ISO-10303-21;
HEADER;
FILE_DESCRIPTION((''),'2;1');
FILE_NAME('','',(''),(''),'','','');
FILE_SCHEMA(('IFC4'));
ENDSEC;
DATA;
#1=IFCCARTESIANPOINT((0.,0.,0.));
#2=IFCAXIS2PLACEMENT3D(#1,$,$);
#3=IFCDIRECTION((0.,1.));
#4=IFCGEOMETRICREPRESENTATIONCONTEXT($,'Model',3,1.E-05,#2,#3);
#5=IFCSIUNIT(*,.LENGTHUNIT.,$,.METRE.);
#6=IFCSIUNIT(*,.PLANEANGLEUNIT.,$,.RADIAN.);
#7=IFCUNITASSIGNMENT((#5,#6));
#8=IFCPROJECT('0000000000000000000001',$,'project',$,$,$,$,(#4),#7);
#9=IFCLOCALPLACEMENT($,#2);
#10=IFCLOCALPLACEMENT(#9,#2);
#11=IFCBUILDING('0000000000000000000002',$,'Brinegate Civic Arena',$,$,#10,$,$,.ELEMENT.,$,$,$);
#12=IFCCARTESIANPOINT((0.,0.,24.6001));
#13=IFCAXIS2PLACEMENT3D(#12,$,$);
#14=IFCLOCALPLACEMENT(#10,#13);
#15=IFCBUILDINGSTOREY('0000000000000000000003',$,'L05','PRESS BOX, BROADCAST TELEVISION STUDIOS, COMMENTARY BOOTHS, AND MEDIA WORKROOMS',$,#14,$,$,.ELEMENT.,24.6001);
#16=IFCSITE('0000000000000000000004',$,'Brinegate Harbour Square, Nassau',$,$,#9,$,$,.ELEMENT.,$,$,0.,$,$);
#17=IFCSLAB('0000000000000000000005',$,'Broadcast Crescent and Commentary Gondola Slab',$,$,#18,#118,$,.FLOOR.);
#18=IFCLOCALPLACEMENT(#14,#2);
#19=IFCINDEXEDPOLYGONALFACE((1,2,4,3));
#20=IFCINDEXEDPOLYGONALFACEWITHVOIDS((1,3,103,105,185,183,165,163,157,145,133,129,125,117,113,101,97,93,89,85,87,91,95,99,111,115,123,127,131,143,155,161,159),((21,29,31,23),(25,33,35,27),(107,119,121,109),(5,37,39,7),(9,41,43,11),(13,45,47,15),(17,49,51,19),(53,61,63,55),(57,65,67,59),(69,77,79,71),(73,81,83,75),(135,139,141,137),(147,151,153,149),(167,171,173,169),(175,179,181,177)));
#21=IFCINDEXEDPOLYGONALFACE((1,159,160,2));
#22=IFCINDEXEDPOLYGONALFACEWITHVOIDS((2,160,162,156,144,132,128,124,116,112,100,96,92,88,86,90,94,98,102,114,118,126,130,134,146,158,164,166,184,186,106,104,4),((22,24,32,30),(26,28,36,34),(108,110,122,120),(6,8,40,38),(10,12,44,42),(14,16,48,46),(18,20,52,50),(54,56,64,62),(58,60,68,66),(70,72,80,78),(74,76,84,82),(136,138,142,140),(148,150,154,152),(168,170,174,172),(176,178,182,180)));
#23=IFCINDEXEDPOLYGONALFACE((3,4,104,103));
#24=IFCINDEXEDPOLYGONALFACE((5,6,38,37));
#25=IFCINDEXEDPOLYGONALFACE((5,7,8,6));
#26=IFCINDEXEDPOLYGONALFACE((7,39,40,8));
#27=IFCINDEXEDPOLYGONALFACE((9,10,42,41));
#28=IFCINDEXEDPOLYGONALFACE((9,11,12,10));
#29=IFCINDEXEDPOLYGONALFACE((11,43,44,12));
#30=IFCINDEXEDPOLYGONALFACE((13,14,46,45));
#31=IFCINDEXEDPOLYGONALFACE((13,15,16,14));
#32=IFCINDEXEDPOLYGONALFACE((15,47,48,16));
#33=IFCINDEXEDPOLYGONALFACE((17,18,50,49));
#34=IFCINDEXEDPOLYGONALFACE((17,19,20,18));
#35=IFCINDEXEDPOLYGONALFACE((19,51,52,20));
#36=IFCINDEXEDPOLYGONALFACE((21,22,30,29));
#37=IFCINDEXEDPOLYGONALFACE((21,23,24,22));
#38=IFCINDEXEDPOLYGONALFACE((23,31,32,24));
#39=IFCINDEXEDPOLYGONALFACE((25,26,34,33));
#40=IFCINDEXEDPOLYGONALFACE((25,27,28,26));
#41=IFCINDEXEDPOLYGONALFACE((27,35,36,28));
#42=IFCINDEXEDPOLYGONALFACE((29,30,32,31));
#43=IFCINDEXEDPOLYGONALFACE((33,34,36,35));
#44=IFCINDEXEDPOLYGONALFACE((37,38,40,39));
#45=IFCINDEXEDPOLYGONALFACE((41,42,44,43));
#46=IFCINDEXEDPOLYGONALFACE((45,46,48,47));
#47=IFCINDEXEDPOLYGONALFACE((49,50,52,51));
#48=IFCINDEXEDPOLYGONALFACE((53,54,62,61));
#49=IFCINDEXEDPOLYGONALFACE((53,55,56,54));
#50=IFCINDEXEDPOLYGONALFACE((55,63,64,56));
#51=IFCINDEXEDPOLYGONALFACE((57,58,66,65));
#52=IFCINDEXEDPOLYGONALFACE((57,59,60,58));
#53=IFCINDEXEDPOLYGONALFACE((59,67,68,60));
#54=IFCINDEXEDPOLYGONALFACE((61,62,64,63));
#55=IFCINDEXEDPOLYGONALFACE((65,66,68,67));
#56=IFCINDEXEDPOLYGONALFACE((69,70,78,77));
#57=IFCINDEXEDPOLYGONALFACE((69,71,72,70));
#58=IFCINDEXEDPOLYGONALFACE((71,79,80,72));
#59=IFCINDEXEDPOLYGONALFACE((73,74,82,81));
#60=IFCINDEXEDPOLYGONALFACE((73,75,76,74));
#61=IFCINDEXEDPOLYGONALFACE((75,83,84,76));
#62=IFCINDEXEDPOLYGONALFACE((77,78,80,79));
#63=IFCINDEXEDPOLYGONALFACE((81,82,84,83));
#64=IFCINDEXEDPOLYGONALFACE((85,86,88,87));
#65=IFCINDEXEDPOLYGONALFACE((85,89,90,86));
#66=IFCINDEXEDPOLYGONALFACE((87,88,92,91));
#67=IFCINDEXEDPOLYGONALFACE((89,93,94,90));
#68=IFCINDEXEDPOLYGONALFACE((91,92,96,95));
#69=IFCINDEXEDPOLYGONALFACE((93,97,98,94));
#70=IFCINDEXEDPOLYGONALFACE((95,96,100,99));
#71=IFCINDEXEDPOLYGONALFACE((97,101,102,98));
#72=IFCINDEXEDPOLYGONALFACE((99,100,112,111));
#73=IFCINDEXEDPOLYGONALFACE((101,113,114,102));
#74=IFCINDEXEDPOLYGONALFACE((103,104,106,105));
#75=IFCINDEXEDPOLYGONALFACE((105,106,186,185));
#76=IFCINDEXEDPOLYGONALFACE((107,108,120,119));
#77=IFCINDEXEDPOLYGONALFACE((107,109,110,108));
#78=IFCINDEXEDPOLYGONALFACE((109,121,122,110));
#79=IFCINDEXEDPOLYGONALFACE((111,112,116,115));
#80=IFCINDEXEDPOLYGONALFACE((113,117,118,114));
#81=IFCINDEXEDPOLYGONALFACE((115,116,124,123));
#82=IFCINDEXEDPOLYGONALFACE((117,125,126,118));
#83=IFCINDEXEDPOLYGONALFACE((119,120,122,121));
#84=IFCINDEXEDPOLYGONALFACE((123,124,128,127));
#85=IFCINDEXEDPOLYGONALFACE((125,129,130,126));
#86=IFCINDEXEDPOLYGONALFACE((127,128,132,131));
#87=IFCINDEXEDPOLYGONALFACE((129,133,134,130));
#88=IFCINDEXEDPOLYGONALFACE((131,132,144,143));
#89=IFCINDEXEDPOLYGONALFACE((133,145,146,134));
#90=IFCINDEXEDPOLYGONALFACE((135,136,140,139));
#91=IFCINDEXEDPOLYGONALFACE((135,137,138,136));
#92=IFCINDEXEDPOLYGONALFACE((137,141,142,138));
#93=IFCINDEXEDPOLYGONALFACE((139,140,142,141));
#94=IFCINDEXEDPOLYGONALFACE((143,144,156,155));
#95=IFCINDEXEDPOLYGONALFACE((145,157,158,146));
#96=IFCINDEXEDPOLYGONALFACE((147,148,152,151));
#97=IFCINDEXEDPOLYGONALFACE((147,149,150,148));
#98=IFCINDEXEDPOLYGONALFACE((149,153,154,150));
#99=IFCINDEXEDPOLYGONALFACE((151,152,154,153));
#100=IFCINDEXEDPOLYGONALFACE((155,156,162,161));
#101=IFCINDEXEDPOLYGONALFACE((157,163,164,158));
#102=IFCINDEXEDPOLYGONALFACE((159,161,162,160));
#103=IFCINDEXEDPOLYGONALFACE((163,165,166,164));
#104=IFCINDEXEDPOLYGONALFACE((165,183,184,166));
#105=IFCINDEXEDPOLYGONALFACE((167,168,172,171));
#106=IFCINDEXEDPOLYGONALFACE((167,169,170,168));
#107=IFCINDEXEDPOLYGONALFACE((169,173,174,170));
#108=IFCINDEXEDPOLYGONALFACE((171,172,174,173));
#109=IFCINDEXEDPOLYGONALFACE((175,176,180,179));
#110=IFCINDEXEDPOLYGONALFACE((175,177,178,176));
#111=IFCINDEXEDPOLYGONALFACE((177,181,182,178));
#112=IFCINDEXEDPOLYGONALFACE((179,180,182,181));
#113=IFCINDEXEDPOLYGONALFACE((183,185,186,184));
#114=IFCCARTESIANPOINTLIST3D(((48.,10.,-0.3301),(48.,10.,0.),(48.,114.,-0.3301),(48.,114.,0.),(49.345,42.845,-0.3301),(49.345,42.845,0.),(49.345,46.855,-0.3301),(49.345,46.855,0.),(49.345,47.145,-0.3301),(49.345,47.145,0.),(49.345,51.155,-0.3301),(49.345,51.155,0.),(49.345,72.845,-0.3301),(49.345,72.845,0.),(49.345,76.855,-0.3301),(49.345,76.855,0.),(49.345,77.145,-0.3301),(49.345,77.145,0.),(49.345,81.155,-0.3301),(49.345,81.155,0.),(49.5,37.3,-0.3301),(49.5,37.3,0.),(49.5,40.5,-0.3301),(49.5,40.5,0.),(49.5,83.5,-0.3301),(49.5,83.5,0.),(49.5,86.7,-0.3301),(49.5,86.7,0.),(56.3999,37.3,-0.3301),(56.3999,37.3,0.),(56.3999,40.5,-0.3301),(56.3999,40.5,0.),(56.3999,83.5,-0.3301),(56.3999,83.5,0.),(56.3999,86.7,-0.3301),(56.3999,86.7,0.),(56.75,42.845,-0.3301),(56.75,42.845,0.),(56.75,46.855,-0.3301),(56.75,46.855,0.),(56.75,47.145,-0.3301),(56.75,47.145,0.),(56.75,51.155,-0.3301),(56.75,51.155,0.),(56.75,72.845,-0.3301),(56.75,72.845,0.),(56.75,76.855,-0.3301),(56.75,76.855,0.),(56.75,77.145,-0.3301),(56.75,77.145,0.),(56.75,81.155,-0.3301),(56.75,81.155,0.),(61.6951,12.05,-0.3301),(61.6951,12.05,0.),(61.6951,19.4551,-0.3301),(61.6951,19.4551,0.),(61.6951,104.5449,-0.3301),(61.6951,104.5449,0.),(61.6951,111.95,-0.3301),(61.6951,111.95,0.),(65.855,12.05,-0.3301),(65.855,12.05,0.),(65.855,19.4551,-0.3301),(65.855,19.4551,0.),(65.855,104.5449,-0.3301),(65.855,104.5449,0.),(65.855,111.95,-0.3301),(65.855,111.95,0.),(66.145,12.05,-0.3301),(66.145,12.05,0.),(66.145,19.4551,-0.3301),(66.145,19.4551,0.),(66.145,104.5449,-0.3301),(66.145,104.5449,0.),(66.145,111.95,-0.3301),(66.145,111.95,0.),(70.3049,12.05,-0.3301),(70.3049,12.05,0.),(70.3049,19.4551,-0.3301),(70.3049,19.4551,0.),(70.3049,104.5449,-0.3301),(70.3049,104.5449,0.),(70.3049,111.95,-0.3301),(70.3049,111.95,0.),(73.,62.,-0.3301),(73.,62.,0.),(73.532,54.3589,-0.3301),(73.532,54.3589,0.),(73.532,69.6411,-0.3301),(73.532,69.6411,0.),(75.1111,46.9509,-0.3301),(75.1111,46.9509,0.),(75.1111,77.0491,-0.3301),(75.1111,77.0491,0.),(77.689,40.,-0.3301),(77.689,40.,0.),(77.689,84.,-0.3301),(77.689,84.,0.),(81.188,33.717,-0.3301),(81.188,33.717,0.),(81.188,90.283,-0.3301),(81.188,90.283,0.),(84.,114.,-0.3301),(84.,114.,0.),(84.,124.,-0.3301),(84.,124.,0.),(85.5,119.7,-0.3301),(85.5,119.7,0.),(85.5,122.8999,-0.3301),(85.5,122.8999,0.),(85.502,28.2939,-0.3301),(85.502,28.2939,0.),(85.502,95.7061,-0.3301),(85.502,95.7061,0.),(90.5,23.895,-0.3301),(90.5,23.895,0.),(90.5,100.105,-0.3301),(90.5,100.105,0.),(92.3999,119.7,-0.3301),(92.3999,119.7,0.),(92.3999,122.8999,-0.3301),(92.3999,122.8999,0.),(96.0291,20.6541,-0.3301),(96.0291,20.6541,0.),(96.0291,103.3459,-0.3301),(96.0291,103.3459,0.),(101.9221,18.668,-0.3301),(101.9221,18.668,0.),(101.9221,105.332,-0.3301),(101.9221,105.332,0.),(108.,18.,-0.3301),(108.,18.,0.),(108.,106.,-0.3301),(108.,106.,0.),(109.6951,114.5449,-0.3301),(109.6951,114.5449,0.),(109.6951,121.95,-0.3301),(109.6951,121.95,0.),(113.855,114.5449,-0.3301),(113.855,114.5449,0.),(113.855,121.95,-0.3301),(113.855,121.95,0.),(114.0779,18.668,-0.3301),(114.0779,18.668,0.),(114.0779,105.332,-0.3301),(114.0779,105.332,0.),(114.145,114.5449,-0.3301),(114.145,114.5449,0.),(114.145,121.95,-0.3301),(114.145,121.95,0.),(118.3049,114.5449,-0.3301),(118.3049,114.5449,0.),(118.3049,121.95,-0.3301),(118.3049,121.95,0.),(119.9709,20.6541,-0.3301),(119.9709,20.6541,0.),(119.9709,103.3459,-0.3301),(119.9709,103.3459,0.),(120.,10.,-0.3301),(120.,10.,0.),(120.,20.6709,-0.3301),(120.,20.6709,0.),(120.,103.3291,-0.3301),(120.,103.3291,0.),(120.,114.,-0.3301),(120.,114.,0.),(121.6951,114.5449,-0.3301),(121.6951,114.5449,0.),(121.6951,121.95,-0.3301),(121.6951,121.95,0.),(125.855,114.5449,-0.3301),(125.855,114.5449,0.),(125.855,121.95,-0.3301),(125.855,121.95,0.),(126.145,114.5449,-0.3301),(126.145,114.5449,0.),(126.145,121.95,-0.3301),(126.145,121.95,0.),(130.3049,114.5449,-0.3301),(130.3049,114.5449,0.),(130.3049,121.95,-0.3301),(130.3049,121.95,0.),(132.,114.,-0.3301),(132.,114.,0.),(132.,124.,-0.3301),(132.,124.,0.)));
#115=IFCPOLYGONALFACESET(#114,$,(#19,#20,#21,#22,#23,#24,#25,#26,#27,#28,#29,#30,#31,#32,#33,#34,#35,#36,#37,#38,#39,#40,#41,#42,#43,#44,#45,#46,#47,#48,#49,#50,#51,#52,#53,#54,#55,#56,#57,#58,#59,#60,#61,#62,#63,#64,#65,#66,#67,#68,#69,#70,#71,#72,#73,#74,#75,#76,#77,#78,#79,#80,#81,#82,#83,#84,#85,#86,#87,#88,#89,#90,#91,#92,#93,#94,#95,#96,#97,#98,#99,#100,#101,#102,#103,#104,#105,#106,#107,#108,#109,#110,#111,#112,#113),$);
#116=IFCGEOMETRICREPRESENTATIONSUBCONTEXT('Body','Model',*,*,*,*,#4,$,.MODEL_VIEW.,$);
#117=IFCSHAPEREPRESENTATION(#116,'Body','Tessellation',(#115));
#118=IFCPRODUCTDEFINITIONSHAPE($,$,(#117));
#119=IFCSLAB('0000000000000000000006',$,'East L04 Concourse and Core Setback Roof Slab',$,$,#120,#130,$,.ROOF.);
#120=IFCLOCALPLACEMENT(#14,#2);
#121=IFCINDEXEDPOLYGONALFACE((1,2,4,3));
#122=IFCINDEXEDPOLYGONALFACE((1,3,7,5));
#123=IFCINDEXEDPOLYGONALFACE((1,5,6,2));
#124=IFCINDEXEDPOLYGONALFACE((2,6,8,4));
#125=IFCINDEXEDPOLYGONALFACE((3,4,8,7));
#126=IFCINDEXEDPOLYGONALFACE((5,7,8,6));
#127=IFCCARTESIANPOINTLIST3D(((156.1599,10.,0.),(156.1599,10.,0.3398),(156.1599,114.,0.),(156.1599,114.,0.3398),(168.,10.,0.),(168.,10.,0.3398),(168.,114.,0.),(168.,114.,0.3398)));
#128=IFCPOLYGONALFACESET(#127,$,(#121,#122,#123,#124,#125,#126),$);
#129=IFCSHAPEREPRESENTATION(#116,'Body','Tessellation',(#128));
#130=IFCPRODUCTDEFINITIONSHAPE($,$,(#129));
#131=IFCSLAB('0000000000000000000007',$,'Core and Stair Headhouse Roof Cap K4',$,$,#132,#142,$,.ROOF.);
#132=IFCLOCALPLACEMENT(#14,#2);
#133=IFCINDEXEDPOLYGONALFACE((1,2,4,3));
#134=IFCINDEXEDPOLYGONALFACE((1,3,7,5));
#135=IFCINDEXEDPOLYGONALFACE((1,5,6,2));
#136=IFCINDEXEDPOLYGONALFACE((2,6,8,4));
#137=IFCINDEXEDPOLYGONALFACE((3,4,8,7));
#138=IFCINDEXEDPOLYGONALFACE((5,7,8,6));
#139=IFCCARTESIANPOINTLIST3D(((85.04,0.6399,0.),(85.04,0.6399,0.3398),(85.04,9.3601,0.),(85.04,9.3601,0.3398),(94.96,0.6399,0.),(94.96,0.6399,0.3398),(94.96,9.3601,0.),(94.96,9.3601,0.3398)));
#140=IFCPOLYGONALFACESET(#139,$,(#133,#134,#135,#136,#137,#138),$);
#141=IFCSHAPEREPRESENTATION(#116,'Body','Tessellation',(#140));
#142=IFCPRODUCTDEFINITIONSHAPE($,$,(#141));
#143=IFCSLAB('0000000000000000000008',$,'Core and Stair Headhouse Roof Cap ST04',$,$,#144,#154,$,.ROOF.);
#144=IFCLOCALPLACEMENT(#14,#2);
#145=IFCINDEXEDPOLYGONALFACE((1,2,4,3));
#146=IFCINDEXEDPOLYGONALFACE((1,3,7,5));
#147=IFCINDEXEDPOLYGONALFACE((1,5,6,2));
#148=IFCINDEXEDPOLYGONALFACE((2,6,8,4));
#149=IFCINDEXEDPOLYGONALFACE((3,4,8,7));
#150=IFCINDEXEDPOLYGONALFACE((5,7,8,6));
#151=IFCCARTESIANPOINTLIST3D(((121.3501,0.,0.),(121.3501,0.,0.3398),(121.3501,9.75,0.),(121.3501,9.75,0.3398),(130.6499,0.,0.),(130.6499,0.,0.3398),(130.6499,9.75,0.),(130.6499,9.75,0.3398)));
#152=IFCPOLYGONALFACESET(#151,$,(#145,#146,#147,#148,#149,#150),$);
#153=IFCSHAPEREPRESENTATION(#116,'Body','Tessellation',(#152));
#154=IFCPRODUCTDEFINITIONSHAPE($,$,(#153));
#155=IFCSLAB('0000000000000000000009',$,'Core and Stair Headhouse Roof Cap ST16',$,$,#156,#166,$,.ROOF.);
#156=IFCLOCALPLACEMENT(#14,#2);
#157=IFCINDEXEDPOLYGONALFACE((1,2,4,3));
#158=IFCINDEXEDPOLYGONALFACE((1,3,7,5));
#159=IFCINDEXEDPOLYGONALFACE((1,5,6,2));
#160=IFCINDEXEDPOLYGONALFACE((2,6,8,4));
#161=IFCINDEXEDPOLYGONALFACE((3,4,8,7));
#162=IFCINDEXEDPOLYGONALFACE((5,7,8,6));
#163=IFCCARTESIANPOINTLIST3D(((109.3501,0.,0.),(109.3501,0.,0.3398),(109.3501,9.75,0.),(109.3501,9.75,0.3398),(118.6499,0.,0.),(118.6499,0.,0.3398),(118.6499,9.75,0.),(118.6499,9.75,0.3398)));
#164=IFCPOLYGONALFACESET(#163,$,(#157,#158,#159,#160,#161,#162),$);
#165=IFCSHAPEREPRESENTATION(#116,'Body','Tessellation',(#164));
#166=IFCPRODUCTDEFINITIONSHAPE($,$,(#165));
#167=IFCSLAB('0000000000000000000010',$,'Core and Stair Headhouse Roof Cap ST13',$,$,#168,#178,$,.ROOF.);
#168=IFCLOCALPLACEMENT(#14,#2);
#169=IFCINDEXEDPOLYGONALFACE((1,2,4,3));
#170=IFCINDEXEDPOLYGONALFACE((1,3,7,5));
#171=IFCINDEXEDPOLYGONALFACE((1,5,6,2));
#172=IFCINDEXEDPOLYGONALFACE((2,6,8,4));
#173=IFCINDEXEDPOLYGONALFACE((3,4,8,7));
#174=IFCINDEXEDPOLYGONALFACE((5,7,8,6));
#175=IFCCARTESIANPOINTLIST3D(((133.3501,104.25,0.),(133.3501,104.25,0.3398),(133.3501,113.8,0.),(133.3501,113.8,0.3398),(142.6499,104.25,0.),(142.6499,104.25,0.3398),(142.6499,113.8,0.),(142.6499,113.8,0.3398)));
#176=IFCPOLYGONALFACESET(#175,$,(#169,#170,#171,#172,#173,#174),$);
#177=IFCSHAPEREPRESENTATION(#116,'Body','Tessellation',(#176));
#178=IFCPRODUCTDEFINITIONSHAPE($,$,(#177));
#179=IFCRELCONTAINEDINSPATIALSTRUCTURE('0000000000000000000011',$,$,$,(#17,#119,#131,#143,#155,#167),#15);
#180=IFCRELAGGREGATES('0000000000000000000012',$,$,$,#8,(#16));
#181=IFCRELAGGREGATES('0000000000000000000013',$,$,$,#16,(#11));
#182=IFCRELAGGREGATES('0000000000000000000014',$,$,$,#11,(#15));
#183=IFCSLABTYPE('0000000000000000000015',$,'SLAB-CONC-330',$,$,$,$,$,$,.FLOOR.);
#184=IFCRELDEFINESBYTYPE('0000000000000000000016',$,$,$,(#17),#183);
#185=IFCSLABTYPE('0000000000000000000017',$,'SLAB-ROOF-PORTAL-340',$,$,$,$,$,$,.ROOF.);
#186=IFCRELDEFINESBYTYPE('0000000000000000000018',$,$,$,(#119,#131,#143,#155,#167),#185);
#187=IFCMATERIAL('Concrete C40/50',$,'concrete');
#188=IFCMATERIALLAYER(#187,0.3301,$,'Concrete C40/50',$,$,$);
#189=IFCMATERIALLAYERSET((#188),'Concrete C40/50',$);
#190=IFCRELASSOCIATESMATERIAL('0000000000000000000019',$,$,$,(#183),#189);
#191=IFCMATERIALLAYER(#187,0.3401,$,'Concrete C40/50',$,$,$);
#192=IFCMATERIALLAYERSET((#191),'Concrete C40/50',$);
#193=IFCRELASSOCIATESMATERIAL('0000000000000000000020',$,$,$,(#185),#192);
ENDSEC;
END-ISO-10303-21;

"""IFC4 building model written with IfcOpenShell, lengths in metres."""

from ifc_helpers import new_model, si_unit, direction, frame, origin, place, context, subcontext, project, spatial, polyline, outline, extrude, material, layer, layer_set, type_object, element, save


model = new_model("IFC4")

# Units and contexts
model_context = context("Model", 3, precision=1e-05, world=origin(), true_north=direction((0.0, 1.0)))
body_context = subcontext(model_context, "Body", "Model", "MODEL_VIEW")
ifc_project = project(units=[si_unit("LENGTHUNIT", "METRE"), si_unit("PLANEANGLEUNIT", "RADIAN")], contexts=[model_context])

# Site, building, storey
site_placement = place(None, origin())
site = spatial("IfcSite", under=ifc_project, at=site_placement, Name="Brinegate Harbour Square, Nassau", CompositionType="ELEMENT", RefElevation=0.0)
building_placement = place(site_placement, origin())
building = spatial("IfcBuilding", under=site, at=building_placement, Name="Brinegate Civic Arena", CompositionType="ELEMENT")
storey_placement = place(building_placement, frame((0.0, 0.0, 24.6001)))
storey = spatial("IfcBuildingStorey", under=building, at=storey_placement, Name="L05", Description="PRESS BOX, BROADCAST TELEVISION STUDIOS, COMMENTARY BOOTHS, AND MEDIA WORKROOMS", CompositionType="ELEMENT", Elevation=24.6001)

# Slabs
ifc_material_1 = material(Name="Concrete C40/50", Category="concrete")
ifc_layer_1 = layer(ifc_material_1, 0.3301, Name="Concrete C40/50")
ifc_layer_set_1 = layer_set([ifc_layer_1], Name="Concrete C40/50")
slab_type_1 = type_object("IfcSlabType", Name="SLAB-CONC-330", PredefinedType="FLOOR", material=ifc_layer_set_1)
slab_1_placement = place(storey_placement, frame((0.0, 0.0, -0.3301)))
element("IfcSlab", 1, at=slab_1_placement, inside=storey, type_object=slab_type_1, Name="Broadcast Crescent and Commentary Gondola Slab", PredefinedType="FLOOR", context=body_context, shape_type="SweptSolid", body=[
    extrude(outline(polyline([(48.0, 10.0), (48.0, 114.0), (84.0, 114.0), (84.0, 124.0), (132.0, 124.0), (132.0, 114.0), (120.0, 114.0), (120.0, 103.3291), (119.9709, 103.3459), (114.0779, 105.332), (108.0, 106.0), (101.9221, 105.332), (96.0291, 103.3459), (90.5, 100.105), (85.502, 95.7061), (81.188, 90.283), (77.689, 84.0), (75.1111, 77.0491), (73.532, 69.6411), (73.0, 62.0), (73.532, 54.3589), (75.1111, 46.9509), (77.689, 40.0), (81.188, 33.717), (85.502, 28.2939), (90.5, 23.895), (96.0291, 20.6541), (101.9221, 18.668), (108.0, 18.0), (114.0779, 18.668), (119.9709, 20.6541), (120.0, 20.6709), (120.0, 10.0), (48.0, 10.0)]), holes=[polyline([(65.855, 12.05), (65.855, 19.4551), (61.6951, 19.4551), (61.6951, 12.05), (65.855, 12.05)]), polyline([(56.3999, 37.3), (56.3999, 40.5), (49.5, 40.5), (49.5, 37.3), (56.3999, 37.3)]), polyline([(56.75, 42.845), (56.75, 46.855), (49.345, 46.855), (49.345, 42.845), (56.75, 42.845)]), polyline([(56.75, 47.145), (56.75, 51.155), (49.345, 51.155), (49.345, 47.145), (56.75, 47.145)]), polyline([(56.75, 72.845), (56.75, 76.855), (49.345, 76.855), (49.345, 72.845), (56.75, 72.845)]), polyline([(56.75, 77.145), (56.75, 81.155), (49.345, 81.155), (49.345, 77.145), (56.75, 77.145)]), polyline([(56.3999, 83.5), (56.3999, 86.7), (49.5, 86.7), (49.5, 83.5), (56.3999, 83.5)]), polyline([(65.855, 104.5449), (65.855, 111.95), (61.6951, 111.95), (61.6951, 104.5449), (65.855, 104.5449)]), polyline([(70.3049, 12.05), (70.3049, 19.4551), (66.145, 19.4551), (66.145, 12.05), (70.3049, 12.05)]), polyline([(70.3049, 104.5449), (70.3049, 111.95), (66.145, 111.95), (66.145, 104.5449), (70.3049, 104.5449)]), polyline([(113.855, 114.5449), (113.855, 121.95), (109.6951, 121.95), (109.6951, 114.5449), (113.855, 114.5449)]), polyline([(118.3049, 114.5449), (118.3049, 121.95), (114.145, 121.95), (114.145, 114.5449), (118.3049, 114.5449)]), polyline([(125.855, 114.5449), (125.855, 121.95), (121.6951, 121.95), (121.6951, 114.5449), (125.855, 114.5449)]), polyline([(130.3049, 114.5449), (130.3049, 121.95), (126.145, 121.95), (126.145, 114.5449), (130.3049, 114.5449)]), polyline([(92.3999, 119.7), (92.3999, 122.8999), (85.5, 122.8999), (85.5, 119.7), (92.3999, 119.7)])]), origin(), (0.0, 0.0, 1.0), 0.3301),
])
ifc_layer_2 = layer(ifc_material_1, 0.3401, Name="Concrete C40/50")
ifc_layer_set_2 = layer_set([ifc_layer_2], Name="Concrete C40/50")
slab_type_2 = type_object("IfcSlabType", Name="SLAB-ROOF-PORTAL-340", PredefinedType="ROOF", material=ifc_layer_set_2)
slab_2_placement = place(storey_placement, origin())
element("IfcSlab", 2, at=slab_2_placement, inside=storey, type_object=slab_type_2, Name="East L04 Concourse and Core Setback Roof Slab", PredefinedType="ROOF", context=body_context, shape_type="SweptSolid", body=[
    extrude(outline(polyline([(156.1599, 10.0), (168.0, 10.0), (168.0, 114.0), (156.1599, 114.0), (156.1599, 10.0)])), origin(), (0.0, 0.0, 1.0), 0.3398),
])
slab_3_placement = place(storey_placement, origin())
element("IfcSlab", 3, at=slab_3_placement, inside=storey, type_object=slab_type_2, Name="Core and Stair Headhouse Roof Cap K4", PredefinedType="ROOF", context=body_context, shape_type="SweptSolid", body=[
    extrude(outline(polyline([(85.04, 0.6399), (94.96, 0.6399), (94.96, 9.3601), (85.04, 9.3601), (85.04, 0.6399)])), origin(), (0.0, 0.0, 1.0), 0.3398),
])
slab_4_placement = place(storey_placement, origin())
element("IfcSlab", 4, at=slab_4_placement, inside=storey, type_object=slab_type_2, Name="Core and Stair Headhouse Roof Cap ST04", PredefinedType="ROOF", context=body_context, shape_type="SweptSolid", body=[
    extrude(outline(polyline([(121.3501, 0.0), (130.6499, 0.0), (130.6499, 9.75), (121.3501, 9.75), (121.3501, 0.0)])), origin(), (0.0, 0.0, 1.0), 0.3398),
])
slab_5_placement = place(storey_placement, origin())
element("IfcSlab", 5, at=slab_5_placement, inside=storey, type_object=slab_type_2, Name="Core and Stair Headhouse Roof Cap ST16", PredefinedType="ROOF", context=body_context, shape_type="SweptSolid", body=[
    extrude(outline(polyline([(109.3501, 0.0), (118.6499, 0.0), (118.6499, 9.75), (109.3501, 9.75), (109.3501, 0.0)])), origin(), (0.0, 0.0, 1.0), 0.3398),
])
slab_6_placement = place(storey_placement, origin())
element("IfcSlab", 6, at=slab_6_placement, inside=storey, type_object=slab_type_2, Name="Core and Stair Headhouse Roof Cap ST13", PredefinedType="ROOF", context=body_context, shape_type="SweptSolid", body=[
    extrude(outline(polyline([(133.3501, 104.25), (142.6499, 104.25), (142.6499, 113.8), (133.3501, 113.8), (133.3501, 104.25)])), origin(), (0.0, 0.0, 1.0), 0.3398),
])

save(model, "model.ifc")
